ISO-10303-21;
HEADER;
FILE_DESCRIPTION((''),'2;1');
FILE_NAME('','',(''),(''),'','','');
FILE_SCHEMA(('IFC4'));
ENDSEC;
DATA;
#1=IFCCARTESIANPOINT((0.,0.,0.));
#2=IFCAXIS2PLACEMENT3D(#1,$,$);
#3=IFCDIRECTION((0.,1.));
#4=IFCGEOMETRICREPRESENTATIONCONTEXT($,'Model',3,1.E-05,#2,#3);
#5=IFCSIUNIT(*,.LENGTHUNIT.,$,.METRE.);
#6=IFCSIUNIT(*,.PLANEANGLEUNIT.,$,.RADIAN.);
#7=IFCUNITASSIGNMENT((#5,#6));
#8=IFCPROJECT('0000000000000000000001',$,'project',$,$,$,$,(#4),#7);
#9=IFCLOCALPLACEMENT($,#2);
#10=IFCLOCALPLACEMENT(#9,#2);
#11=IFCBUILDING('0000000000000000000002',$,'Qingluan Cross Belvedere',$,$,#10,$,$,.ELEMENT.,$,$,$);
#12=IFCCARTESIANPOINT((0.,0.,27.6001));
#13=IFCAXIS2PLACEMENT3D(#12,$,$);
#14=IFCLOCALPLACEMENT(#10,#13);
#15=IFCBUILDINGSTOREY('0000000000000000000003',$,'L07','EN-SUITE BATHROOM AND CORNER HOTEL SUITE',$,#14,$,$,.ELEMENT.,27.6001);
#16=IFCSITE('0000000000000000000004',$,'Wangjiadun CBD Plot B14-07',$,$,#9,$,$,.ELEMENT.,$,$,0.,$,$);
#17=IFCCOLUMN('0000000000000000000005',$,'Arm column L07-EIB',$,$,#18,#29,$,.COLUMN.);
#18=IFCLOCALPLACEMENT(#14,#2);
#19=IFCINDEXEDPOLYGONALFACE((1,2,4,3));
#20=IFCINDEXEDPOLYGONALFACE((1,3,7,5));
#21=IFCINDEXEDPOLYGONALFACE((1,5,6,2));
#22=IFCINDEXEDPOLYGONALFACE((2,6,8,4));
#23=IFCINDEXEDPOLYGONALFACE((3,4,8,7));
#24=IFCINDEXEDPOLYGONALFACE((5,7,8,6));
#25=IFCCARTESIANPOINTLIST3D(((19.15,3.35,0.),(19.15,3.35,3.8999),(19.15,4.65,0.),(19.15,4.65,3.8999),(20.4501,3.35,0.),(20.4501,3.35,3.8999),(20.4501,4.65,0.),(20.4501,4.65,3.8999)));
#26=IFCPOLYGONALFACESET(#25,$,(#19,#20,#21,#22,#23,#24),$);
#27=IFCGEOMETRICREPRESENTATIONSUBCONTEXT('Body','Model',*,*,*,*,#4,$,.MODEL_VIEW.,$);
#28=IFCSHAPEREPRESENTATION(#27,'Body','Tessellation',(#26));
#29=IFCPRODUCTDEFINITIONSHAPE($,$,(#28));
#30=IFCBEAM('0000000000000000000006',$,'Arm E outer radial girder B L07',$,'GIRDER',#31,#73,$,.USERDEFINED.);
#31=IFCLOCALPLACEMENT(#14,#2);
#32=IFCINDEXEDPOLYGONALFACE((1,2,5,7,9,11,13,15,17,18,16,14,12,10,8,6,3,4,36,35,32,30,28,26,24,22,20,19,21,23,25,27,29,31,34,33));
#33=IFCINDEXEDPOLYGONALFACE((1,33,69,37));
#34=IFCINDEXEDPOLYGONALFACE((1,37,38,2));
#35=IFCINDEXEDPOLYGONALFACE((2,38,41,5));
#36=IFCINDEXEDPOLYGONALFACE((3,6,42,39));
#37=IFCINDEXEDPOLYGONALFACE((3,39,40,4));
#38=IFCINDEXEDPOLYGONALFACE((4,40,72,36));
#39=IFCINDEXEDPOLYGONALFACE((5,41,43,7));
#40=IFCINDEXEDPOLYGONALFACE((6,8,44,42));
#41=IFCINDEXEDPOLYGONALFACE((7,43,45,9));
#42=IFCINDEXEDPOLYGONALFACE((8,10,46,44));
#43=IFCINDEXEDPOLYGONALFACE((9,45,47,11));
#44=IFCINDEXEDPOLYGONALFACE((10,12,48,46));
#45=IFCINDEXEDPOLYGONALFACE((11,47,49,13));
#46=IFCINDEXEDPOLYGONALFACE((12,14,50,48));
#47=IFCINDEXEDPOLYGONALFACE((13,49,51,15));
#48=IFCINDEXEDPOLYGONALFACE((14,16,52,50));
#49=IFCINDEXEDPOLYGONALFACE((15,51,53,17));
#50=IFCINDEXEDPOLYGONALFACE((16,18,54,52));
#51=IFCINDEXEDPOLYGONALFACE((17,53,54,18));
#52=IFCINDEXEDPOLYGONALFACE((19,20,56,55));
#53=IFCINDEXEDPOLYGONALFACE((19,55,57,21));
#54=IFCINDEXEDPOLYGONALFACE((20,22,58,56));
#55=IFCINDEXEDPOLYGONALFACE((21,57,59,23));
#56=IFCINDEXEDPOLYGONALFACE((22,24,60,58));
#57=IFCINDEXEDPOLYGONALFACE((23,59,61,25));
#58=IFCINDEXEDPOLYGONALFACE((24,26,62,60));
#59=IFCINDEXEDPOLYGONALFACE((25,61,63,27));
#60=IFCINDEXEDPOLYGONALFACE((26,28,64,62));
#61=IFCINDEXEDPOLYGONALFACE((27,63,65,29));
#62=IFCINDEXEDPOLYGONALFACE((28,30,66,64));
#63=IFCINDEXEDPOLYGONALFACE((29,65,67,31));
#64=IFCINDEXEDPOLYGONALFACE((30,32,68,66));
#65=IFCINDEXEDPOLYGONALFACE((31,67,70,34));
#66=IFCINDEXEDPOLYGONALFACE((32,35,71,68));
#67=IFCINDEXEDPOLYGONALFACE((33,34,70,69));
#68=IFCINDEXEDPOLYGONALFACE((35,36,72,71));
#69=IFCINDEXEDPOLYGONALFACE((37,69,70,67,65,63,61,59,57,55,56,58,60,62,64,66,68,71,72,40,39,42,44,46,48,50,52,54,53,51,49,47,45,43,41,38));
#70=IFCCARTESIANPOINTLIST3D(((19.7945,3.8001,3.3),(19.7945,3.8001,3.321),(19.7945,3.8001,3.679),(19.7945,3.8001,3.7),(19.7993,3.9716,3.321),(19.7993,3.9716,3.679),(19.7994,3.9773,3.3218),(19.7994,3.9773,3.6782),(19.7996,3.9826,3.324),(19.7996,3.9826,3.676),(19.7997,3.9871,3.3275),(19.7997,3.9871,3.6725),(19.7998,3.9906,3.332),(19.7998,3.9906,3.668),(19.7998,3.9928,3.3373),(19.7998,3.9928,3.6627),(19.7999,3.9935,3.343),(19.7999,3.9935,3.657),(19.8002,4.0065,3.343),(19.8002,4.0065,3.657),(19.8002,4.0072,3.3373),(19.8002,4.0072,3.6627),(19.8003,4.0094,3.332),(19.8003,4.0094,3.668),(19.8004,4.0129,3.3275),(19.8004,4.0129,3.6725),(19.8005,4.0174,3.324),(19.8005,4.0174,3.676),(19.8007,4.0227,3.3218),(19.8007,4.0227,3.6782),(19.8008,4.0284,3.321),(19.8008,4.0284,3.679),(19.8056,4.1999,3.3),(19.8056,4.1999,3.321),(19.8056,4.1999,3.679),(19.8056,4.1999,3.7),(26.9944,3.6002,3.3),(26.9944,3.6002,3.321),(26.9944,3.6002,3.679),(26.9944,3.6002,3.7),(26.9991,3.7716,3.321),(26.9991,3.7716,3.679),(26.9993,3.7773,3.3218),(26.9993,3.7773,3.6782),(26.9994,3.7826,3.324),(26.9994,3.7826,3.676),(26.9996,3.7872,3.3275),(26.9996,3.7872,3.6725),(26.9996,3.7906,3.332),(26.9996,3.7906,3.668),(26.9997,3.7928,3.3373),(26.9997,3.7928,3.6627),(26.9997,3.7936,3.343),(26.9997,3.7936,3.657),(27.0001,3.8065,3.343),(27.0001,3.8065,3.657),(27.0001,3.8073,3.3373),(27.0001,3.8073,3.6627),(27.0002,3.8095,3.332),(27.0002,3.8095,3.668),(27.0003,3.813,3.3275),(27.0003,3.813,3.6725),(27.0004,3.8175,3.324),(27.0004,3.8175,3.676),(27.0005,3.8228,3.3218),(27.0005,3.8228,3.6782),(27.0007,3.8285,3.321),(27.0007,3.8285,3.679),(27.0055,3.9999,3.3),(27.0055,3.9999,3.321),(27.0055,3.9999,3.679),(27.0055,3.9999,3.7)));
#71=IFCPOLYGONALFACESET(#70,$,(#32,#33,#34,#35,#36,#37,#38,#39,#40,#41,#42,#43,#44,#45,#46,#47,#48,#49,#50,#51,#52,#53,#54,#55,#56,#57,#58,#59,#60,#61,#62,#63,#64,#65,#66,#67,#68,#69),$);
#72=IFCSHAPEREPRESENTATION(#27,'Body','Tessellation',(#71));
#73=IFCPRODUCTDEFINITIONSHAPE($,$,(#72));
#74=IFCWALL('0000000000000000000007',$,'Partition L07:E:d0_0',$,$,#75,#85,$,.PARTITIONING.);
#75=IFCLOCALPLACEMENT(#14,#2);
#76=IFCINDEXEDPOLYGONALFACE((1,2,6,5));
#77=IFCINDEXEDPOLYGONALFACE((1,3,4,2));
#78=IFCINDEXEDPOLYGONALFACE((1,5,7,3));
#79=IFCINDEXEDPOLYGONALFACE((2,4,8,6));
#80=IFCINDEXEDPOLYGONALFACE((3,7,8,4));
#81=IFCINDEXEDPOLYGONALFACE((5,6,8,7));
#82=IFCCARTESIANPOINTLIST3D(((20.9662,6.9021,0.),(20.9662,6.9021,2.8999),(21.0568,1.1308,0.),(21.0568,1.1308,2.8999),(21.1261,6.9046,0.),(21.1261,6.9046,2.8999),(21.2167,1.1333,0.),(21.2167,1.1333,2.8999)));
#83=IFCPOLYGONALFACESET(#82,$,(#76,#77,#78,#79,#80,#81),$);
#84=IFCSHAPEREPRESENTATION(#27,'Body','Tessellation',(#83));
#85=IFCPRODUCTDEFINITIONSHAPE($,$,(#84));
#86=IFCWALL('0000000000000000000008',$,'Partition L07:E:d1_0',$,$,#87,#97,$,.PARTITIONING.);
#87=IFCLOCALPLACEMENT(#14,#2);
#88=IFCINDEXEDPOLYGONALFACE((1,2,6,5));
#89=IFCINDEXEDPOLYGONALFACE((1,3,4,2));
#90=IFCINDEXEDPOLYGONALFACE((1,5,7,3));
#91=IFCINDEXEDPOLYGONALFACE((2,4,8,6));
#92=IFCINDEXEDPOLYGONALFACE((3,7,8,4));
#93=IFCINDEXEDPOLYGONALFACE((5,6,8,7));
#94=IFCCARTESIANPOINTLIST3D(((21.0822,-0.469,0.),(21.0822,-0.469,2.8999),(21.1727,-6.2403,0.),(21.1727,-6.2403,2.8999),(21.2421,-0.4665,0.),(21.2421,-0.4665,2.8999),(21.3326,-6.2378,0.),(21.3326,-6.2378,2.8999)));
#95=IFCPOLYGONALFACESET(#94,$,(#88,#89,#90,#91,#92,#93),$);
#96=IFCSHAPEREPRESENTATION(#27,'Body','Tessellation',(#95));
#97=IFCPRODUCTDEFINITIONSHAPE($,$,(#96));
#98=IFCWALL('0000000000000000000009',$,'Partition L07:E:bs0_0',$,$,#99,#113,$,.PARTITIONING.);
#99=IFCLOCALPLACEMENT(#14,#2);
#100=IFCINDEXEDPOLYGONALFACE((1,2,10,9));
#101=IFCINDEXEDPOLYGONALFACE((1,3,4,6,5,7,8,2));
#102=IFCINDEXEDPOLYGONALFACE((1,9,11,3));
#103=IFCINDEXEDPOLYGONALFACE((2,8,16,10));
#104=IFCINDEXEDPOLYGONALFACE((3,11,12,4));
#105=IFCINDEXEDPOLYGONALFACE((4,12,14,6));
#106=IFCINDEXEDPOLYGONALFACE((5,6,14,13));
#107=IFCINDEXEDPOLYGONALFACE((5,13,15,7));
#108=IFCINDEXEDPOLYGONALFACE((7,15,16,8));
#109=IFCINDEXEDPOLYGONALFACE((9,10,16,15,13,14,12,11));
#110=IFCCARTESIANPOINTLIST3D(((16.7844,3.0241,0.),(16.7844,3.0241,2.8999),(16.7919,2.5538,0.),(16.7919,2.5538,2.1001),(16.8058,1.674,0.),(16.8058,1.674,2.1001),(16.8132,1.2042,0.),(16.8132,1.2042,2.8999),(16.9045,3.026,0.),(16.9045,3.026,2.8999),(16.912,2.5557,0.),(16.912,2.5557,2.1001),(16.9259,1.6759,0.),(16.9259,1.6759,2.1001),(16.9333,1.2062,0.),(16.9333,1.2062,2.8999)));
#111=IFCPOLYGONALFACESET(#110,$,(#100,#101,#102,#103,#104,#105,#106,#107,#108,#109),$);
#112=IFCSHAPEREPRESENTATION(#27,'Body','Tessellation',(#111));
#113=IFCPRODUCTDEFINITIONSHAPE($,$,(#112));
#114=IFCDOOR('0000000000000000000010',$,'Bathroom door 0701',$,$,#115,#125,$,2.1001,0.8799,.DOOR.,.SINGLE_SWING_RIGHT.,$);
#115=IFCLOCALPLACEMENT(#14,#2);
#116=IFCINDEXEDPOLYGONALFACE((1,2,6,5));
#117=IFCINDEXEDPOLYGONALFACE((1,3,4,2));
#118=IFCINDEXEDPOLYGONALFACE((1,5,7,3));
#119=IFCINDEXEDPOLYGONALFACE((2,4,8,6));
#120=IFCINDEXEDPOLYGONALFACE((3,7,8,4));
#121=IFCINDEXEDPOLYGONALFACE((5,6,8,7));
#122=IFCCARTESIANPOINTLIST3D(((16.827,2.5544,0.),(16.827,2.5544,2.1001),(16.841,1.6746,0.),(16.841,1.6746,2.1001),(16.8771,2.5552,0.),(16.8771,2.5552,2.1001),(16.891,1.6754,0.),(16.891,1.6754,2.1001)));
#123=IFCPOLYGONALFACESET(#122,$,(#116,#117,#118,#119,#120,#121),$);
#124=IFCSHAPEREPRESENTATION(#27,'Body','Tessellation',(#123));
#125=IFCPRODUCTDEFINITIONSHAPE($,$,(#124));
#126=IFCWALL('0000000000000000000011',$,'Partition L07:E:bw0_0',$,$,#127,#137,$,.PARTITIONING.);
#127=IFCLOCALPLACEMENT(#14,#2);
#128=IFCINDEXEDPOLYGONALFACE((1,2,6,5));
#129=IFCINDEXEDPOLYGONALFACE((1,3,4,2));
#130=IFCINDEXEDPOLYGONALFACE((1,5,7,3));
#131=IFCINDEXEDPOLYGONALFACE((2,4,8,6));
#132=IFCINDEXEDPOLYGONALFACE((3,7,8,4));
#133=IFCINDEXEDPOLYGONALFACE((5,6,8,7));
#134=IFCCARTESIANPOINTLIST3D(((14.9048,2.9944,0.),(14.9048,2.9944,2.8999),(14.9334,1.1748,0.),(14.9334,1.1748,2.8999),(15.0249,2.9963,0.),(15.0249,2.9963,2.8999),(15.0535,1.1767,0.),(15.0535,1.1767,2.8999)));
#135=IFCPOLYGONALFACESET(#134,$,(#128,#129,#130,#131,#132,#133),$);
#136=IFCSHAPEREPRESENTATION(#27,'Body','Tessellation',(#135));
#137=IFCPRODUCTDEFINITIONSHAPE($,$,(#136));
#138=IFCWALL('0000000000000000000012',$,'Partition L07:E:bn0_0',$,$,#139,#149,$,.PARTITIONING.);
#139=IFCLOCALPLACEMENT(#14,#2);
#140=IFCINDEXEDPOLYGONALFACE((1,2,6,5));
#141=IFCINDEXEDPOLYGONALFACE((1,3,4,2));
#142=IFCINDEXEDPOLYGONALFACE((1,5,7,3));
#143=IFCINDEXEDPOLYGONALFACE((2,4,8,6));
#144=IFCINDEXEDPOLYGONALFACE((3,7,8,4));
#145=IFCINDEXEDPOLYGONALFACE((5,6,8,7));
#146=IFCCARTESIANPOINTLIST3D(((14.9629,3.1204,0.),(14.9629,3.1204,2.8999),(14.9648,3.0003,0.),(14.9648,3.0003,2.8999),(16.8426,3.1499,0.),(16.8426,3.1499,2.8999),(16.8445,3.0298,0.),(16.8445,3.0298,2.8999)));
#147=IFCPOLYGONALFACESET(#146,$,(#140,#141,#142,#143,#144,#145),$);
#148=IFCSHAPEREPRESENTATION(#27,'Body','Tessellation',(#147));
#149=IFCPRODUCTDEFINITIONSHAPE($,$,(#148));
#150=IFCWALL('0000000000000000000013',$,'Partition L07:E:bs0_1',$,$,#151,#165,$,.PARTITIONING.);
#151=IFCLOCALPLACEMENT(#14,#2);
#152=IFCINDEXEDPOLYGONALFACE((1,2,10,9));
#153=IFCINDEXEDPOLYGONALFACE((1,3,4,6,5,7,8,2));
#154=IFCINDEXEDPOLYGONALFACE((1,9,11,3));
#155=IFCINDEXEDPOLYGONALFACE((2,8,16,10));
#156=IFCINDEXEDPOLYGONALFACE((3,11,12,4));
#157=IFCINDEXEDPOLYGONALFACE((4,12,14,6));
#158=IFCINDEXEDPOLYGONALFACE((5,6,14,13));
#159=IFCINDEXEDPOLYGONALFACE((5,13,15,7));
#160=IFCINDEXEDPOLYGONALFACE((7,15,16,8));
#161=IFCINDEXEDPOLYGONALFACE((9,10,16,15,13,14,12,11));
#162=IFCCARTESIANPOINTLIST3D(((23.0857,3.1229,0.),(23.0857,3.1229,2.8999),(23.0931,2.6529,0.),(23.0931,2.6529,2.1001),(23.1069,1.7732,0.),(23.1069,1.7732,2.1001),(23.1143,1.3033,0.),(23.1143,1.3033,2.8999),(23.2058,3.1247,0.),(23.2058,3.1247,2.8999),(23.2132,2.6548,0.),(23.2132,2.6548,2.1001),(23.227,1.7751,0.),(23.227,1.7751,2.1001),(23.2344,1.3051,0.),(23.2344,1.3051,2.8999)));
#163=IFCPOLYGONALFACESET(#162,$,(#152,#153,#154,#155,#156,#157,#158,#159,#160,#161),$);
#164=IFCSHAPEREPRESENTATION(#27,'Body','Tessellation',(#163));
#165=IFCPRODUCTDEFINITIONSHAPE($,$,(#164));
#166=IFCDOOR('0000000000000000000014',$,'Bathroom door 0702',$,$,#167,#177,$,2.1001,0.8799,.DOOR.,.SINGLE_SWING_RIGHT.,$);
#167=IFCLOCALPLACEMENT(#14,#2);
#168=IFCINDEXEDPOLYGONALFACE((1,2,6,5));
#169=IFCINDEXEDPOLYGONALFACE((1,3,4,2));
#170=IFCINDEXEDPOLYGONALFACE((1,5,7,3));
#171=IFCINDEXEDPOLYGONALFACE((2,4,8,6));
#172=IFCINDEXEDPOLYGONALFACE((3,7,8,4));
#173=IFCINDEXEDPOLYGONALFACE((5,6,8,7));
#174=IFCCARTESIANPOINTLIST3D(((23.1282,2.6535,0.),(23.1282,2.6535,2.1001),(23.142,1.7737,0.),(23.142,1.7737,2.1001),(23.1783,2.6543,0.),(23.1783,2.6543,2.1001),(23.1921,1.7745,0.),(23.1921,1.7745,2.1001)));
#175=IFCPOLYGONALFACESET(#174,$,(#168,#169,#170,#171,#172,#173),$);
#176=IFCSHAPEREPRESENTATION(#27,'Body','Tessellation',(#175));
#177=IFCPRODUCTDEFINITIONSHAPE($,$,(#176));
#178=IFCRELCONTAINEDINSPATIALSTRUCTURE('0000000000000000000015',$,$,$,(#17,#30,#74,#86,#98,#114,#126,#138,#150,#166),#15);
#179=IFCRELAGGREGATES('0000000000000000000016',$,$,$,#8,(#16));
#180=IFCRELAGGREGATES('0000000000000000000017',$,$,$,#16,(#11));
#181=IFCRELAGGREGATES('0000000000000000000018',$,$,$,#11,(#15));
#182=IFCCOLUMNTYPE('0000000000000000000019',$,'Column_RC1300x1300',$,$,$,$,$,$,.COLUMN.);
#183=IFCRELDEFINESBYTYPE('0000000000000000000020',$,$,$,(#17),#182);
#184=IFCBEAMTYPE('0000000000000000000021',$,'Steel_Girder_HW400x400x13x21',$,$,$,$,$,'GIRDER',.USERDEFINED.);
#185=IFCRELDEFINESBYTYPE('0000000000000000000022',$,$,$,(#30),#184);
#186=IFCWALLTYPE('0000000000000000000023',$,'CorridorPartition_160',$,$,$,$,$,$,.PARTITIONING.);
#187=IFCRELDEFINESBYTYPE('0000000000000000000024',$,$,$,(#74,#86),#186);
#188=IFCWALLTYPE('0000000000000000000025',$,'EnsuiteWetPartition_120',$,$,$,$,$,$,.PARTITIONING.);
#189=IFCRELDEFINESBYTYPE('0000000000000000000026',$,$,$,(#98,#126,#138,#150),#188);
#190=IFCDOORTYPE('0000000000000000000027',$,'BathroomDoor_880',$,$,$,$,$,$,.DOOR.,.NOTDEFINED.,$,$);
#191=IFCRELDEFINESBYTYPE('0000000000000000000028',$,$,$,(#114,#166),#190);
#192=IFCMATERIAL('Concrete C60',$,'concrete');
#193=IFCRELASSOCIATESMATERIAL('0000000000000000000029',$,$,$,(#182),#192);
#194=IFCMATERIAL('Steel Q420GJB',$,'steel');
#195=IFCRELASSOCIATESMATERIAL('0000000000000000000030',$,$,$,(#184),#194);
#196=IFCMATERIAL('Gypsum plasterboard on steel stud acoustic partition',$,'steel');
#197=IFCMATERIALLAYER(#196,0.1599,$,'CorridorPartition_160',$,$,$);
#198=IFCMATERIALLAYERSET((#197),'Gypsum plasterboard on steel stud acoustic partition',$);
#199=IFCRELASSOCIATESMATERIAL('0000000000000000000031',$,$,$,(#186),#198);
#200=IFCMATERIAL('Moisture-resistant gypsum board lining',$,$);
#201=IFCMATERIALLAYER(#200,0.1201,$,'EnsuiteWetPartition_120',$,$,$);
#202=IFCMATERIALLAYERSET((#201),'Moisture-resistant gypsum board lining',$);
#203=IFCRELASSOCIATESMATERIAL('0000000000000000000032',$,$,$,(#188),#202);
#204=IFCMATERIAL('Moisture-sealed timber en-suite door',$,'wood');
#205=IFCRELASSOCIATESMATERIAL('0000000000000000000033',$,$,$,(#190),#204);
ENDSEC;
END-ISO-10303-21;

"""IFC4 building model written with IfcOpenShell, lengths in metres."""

from ifc_helpers import new_model, si_unit, direction, frame, frame_2d, origin, origin_2d, place, context, subcontext, project, spatial, rectangle, i_section, extrude, material, layer, layer_set, material_profile, profile_set, type_object, element, fill, save


model = new_model("IFC4")

# Units and contexts
model_context = context("Model", 3, precision=1e-05, world=origin(), true_north=direction((0.0, 1.0)))
body_context = subcontext(model_context, "Body", "Model", "MODEL_VIEW")
ifc_project = project(units=[si_unit("LENGTHUNIT", "METRE"), si_unit("PLANEANGLEUNIT", "RADIAN")], contexts=[model_context])

# Site, building, storey
site_placement = place(None, origin())
site = spatial("IfcSite", under=ifc_project, at=site_placement, Name="Wangjiadun CBD Plot B14-07", CompositionType="ELEMENT", RefElevation=0.0)
building_placement = place(site_placement, origin())
building = spatial("IfcBuilding", under=site, at=building_placement, Name="Qingluan Cross Belvedere", CompositionType="ELEMENT")
storey_placement = place(building_placement, frame((0.0, 0.0, 27.6001)))
storey = spatial("IfcBuildingStorey", under=building, at=storey_placement, Name="L07", Description="EN-SUITE BATHROOM AND CORNER HOTEL SUITE", CompositionType="ELEMENT", Elevation=27.6001)

# Column
ifc_material_1 = material(Name="Concrete C60", Category="concrete")
ifc_material_profile_1 = material_profile(ifc_material_1, rectangle(XDim=1.3, YDim=1.3, at=origin_2d()), Name="RC1300x1300")
ifc_profile_set_1 = profile_set([ifc_material_profile_1], Name="Concrete C60")
column_type = type_object("IfcColumnType", Name="Column_RC1300x1300", PredefinedType="COLUMN", material=ifc_profile_set_1)
column_placement = place(storey_placement, frame((19.8, 4.0, 0.0), z_axis=(0.0, 0.0, 1.0), x_axis=(1.0, 0.0, 0.0)))
element("IfcColumn", 1, at=column_placement, inside=storey, type_object=column_type, Name="Arm column L07-EIB", PredefinedType="COLUMN", context=body_context, shape_type="SweptSolid", body=[
    extrude(rectangle(XDim=1.3, YDim=1.3, at=origin_2d()), origin(), (0.0, 0.0, 1.0), 3.8999),
])

# Beam
ifc_material_2 = material(Name="Steel Q420GJB", Category="steel")
ifc_material_profile_2 = material_profile(ifc_material_2, i_section(OverallWidth=0.3999, OverallDepth=0.3999, WebThickness=0.0129, FlangeThickness=0.021, FilletRadius=0.022, at=origin_2d()), Name="HW400x400x13x21")
ifc_profile_set_2 = profile_set([ifc_material_profile_2], Name="Steel Q420GJB")
beam_type = type_object("IfcBeamType", Name="Steel_Girder_HW400x400x13x21", ElementType="GIRDER", PredefinedType="USERDEFINED", material=ifc_profile_set_2)
beam_placement = place(storey_placement, frame((19.8, 4.0, 3.5), z_axis=(0.999615, -0.02776, 0.0), x_axis=(0.02776, 0.999615, 0.0)))
element("IfcBeam", 2, at=beam_placement, inside=storey, type_object=beam_type, Name="Arm E outer radial girder B L07", ObjectType="GIRDER", PredefinedType="USERDEFINED", context=body_context, shape_type="SweptSolid", body=[
    extrude(i_section(OverallWidth=0.3999, OverallDepth=0.3999, WebThickness=0.0129, FlangeThickness=0.021, FilletRadius=0.022, at=origin_2d()), origin(), (0.0, 0.0, 1.0), 7.2026),
])

# Walls
ifc_material_3 = material(Name="Gypsum plasterboard on steel stud acoustic partition", Category="steel")
ifc_layer_1 = layer(ifc_material_3, 0.1599, Name="CorridorPartition_160")
ifc_layer_set_1 = layer_set([ifc_layer_1], Name="Gypsum plasterboard on steel stud acoustic partition")
wall_type_1 = type_object("IfcWallType", Name="CorridorPartition_160", PredefinedType="PARTITIONING", material=ifc_layer_set_1)
for number, where, z_axis, x_axis, name in (
    (3, (21.1367, 1.1321, 0.0), (0.0, 0.0, 1.0), (-0.015692, 0.999877, 0.0), "Partition L07:E:d0_0"),
    (4, (21.1621, -0.4678, 0.0), (0.0, 0.0, 1.0), (0.015692, -0.999877, 0.0), "Partition L07:E:d1_0"),
):
    element("IfcWall", number, at=place(storey_placement, frame(where, z_axis=z_axis, x_axis=x_axis)), inside=storey, type_object=wall_type_1, Name=name, PredefinedType="PARTITIONING", context=body_context, shape_type="SweptSolid", body=[
        extrude(rectangle(XDim=5.772, YDim=0.1599, at=frame_2d((2.886, 0.0))), origin(), (0.0, 0.0, 1.0), 2.8999),
    ])

# Wall, opening, door
ifc_material_4 = material(Name="Moisture-resistant gypsum board lining")
ifc_layer_2 = layer(ifc_material_4, 0.1201, Name="EnsuiteWetPartition_120")
ifc_layer_set_2 = layer_set([ifc_layer_2], Name="Moisture-resistant gypsum board lining")
wall_type_2 = type_object("IfcWallType", Name="EnsuiteWetPartition_120", PredefinedType="PARTITIONING", material=ifc_layer_set_2)
wall_1_placement = place(storey_placement, frame((16.8733, 1.2051, 0.0), z_axis=(0.0, 0.0, 1.0), x_axis=(-0.015828, 0.999875, 0.0)))
wall_1 = element("IfcWall", 5, at=wall_1_placement, inside=storey, type_object=wall_type_2, Name="Partition L07:E:bs0_0", PredefinedType="PARTITIONING", context=body_context, shape_type="SweptSolid", body=[
    extrude(rectangle(XDim=1.8201, YDim=0.1201, at=frame_2d((0.9102, 0.0))), origin(), (0.0, 0.0, 1.0), 2.8999),
])
opening_1_placement = place(wall_1_placement, frame((0.47, 0.0, 0.0)))
opening_1 = element("IfcOpeningElement", 6, at=opening_1_placement, cuts=wall_1, PredefinedType="OPENING", context=body_context, shape_type="SweptSolid", body=[
    extrude(rectangle(XDim=0.8799, YDim=2.1001, at=frame_2d((0.4399, 1.05))), frame((0.0, 0.0701, 0.0), z_axis=(0.0, -1.0, 0.0), x_axis=(1.0, 0.0, 0.0)), (0.0, 0.0, 1.0), 0.1401),
])
ifc_material_5 = material(Name="Moisture-sealed timber en-suite door", Category="wood")
door_type = type_object("IfcDoorType", Name="BathroomDoor_880", OperationType="NOTDEFINED", PredefinedType="DOOR", material=ifc_material_5)
door_1_placement = place(opening_1_placement, origin())
door_1 = element("IfcDoor", 7, at=door_1_placement, inside=storey, type_object=door_type, Name="Bathroom door 0701", OperationType="SINGLE_SWING_RIGHT", OverallHeight=2.1001, OverallWidth=0.8799, PredefinedType="DOOR", context=body_context, shape_type="SweptSolid", body=[
    extrude(rectangle(XDim=0.8799, YDim=2.1001, at=frame_2d((0.4399, 1.05))), frame((0.0, 0.0249, 0.0), z_axis=(0.0, -1.0, 0.0), x_axis=(1.0, 0.0, 0.0)), (0.0, 0.0, 1.0), 0.05),
])
fill(opening_1, door_1)

# Walls
wall_2_placement = place(storey_placement, frame((14.9934, 1.1758, 0.0), z_axis=(0.0, 0.0, 1.0), x_axis=(-0.015696, 0.999877, 0.0)))
element("IfcWall", 8, at=wall_2_placement, inside=storey, type_object=wall_type_2, Name="Partition L07:E:bw0_0", PredefinedType="PARTITIONING", context=body_context, shape_type="SweptSolid", body=[
    extrude(rectangle(XDim=1.8198, YDim=0.1201, at=frame_2d((0.9099, 0.0))), origin(), (0.0, 0.0, 1.0), 2.8999),
])
wall_3_placement = place(storey_placement, frame((14.9639, 3.0603, 0.0), z_axis=(0.0, 0.0, 1.0), x_axis=(0.999877, 0.015714, 0.0)))
element("IfcWall", 9, at=wall_3_placement, inside=storey, type_object=wall_type_2, Name="Partition L07:E:bn0_0", PredefinedType="PARTITIONING", context=body_context, shape_type="SweptSolid", body=[
    extrude(rectangle(XDim=1.8799, YDim=0.1201, at=frame_2d((0.9399, 0.0))), origin(), (0.0, 0.0, 1.0), 2.8999),
])

# Wall, opening, door
wall_4_placement = place(storey_placement, frame((23.1743, 1.3042, 0.0), z_axis=(0.0, 0.0, 1.0), x_axis=(-0.015696, 0.999877, 0.0)))
wall_4 = element("IfcWall", 10, at=wall_4_placement, inside=storey, type_object=wall_type_2, Name="Partition L07:E:bs0_1", PredefinedType="PARTITIONING", context=body_context, shape_type="SweptSolid", body=[
    extrude(rectangle(XDim=1.8198, YDim=0.1201, at=frame_2d((0.9099, 0.0))), origin(), (0.0, 0.0, 1.0), 2.8999),
])
opening_2_placement = place(wall_4_placement, frame((0.47, 0.0, 0.0)))
opening_2 = element("IfcOpeningElement", 11, at=opening_2_placement, cuts=wall_4, PredefinedType="OPENING", context=body_context, shape_type="SweptSolid", body=[
    extrude(rectangle(XDim=0.8799, YDim=2.1001, at=frame_2d((0.4399, 1.05))), frame((0.0, 0.0701, 0.0), z_axis=(0.0, -1.0, 0.0), x_axis=(1.0, 0.0, 0.0)), (0.0, 0.0, 1.0), 0.1401),
])
door_2_placement = place(opening_2_placement, origin())
door_2 = element("IfcDoor", 12, at=door_2_placement, inside=storey, type_object=door_type, Name="Bathroom door 0702", OperationType="SINGLE_SWING_RIGHT", OverallHeight=2.1001, OverallWidth=0.8799, PredefinedType="DOOR", context=body_context, shape_type="SweptSolid", body=[
    extrude(rectangle(XDim=0.8799, YDim=2.1001, at=frame_2d((0.4399, 1.05))), frame((0.0, 0.0249, 0.0), z_axis=(0.0, -1.0, 0.0), x_axis=(1.0, 0.0, 0.0)), (0.0, 0.0, 1.0), 0.05),
])
fill(opening_2, door_2)

save(model, "model.ifc")
